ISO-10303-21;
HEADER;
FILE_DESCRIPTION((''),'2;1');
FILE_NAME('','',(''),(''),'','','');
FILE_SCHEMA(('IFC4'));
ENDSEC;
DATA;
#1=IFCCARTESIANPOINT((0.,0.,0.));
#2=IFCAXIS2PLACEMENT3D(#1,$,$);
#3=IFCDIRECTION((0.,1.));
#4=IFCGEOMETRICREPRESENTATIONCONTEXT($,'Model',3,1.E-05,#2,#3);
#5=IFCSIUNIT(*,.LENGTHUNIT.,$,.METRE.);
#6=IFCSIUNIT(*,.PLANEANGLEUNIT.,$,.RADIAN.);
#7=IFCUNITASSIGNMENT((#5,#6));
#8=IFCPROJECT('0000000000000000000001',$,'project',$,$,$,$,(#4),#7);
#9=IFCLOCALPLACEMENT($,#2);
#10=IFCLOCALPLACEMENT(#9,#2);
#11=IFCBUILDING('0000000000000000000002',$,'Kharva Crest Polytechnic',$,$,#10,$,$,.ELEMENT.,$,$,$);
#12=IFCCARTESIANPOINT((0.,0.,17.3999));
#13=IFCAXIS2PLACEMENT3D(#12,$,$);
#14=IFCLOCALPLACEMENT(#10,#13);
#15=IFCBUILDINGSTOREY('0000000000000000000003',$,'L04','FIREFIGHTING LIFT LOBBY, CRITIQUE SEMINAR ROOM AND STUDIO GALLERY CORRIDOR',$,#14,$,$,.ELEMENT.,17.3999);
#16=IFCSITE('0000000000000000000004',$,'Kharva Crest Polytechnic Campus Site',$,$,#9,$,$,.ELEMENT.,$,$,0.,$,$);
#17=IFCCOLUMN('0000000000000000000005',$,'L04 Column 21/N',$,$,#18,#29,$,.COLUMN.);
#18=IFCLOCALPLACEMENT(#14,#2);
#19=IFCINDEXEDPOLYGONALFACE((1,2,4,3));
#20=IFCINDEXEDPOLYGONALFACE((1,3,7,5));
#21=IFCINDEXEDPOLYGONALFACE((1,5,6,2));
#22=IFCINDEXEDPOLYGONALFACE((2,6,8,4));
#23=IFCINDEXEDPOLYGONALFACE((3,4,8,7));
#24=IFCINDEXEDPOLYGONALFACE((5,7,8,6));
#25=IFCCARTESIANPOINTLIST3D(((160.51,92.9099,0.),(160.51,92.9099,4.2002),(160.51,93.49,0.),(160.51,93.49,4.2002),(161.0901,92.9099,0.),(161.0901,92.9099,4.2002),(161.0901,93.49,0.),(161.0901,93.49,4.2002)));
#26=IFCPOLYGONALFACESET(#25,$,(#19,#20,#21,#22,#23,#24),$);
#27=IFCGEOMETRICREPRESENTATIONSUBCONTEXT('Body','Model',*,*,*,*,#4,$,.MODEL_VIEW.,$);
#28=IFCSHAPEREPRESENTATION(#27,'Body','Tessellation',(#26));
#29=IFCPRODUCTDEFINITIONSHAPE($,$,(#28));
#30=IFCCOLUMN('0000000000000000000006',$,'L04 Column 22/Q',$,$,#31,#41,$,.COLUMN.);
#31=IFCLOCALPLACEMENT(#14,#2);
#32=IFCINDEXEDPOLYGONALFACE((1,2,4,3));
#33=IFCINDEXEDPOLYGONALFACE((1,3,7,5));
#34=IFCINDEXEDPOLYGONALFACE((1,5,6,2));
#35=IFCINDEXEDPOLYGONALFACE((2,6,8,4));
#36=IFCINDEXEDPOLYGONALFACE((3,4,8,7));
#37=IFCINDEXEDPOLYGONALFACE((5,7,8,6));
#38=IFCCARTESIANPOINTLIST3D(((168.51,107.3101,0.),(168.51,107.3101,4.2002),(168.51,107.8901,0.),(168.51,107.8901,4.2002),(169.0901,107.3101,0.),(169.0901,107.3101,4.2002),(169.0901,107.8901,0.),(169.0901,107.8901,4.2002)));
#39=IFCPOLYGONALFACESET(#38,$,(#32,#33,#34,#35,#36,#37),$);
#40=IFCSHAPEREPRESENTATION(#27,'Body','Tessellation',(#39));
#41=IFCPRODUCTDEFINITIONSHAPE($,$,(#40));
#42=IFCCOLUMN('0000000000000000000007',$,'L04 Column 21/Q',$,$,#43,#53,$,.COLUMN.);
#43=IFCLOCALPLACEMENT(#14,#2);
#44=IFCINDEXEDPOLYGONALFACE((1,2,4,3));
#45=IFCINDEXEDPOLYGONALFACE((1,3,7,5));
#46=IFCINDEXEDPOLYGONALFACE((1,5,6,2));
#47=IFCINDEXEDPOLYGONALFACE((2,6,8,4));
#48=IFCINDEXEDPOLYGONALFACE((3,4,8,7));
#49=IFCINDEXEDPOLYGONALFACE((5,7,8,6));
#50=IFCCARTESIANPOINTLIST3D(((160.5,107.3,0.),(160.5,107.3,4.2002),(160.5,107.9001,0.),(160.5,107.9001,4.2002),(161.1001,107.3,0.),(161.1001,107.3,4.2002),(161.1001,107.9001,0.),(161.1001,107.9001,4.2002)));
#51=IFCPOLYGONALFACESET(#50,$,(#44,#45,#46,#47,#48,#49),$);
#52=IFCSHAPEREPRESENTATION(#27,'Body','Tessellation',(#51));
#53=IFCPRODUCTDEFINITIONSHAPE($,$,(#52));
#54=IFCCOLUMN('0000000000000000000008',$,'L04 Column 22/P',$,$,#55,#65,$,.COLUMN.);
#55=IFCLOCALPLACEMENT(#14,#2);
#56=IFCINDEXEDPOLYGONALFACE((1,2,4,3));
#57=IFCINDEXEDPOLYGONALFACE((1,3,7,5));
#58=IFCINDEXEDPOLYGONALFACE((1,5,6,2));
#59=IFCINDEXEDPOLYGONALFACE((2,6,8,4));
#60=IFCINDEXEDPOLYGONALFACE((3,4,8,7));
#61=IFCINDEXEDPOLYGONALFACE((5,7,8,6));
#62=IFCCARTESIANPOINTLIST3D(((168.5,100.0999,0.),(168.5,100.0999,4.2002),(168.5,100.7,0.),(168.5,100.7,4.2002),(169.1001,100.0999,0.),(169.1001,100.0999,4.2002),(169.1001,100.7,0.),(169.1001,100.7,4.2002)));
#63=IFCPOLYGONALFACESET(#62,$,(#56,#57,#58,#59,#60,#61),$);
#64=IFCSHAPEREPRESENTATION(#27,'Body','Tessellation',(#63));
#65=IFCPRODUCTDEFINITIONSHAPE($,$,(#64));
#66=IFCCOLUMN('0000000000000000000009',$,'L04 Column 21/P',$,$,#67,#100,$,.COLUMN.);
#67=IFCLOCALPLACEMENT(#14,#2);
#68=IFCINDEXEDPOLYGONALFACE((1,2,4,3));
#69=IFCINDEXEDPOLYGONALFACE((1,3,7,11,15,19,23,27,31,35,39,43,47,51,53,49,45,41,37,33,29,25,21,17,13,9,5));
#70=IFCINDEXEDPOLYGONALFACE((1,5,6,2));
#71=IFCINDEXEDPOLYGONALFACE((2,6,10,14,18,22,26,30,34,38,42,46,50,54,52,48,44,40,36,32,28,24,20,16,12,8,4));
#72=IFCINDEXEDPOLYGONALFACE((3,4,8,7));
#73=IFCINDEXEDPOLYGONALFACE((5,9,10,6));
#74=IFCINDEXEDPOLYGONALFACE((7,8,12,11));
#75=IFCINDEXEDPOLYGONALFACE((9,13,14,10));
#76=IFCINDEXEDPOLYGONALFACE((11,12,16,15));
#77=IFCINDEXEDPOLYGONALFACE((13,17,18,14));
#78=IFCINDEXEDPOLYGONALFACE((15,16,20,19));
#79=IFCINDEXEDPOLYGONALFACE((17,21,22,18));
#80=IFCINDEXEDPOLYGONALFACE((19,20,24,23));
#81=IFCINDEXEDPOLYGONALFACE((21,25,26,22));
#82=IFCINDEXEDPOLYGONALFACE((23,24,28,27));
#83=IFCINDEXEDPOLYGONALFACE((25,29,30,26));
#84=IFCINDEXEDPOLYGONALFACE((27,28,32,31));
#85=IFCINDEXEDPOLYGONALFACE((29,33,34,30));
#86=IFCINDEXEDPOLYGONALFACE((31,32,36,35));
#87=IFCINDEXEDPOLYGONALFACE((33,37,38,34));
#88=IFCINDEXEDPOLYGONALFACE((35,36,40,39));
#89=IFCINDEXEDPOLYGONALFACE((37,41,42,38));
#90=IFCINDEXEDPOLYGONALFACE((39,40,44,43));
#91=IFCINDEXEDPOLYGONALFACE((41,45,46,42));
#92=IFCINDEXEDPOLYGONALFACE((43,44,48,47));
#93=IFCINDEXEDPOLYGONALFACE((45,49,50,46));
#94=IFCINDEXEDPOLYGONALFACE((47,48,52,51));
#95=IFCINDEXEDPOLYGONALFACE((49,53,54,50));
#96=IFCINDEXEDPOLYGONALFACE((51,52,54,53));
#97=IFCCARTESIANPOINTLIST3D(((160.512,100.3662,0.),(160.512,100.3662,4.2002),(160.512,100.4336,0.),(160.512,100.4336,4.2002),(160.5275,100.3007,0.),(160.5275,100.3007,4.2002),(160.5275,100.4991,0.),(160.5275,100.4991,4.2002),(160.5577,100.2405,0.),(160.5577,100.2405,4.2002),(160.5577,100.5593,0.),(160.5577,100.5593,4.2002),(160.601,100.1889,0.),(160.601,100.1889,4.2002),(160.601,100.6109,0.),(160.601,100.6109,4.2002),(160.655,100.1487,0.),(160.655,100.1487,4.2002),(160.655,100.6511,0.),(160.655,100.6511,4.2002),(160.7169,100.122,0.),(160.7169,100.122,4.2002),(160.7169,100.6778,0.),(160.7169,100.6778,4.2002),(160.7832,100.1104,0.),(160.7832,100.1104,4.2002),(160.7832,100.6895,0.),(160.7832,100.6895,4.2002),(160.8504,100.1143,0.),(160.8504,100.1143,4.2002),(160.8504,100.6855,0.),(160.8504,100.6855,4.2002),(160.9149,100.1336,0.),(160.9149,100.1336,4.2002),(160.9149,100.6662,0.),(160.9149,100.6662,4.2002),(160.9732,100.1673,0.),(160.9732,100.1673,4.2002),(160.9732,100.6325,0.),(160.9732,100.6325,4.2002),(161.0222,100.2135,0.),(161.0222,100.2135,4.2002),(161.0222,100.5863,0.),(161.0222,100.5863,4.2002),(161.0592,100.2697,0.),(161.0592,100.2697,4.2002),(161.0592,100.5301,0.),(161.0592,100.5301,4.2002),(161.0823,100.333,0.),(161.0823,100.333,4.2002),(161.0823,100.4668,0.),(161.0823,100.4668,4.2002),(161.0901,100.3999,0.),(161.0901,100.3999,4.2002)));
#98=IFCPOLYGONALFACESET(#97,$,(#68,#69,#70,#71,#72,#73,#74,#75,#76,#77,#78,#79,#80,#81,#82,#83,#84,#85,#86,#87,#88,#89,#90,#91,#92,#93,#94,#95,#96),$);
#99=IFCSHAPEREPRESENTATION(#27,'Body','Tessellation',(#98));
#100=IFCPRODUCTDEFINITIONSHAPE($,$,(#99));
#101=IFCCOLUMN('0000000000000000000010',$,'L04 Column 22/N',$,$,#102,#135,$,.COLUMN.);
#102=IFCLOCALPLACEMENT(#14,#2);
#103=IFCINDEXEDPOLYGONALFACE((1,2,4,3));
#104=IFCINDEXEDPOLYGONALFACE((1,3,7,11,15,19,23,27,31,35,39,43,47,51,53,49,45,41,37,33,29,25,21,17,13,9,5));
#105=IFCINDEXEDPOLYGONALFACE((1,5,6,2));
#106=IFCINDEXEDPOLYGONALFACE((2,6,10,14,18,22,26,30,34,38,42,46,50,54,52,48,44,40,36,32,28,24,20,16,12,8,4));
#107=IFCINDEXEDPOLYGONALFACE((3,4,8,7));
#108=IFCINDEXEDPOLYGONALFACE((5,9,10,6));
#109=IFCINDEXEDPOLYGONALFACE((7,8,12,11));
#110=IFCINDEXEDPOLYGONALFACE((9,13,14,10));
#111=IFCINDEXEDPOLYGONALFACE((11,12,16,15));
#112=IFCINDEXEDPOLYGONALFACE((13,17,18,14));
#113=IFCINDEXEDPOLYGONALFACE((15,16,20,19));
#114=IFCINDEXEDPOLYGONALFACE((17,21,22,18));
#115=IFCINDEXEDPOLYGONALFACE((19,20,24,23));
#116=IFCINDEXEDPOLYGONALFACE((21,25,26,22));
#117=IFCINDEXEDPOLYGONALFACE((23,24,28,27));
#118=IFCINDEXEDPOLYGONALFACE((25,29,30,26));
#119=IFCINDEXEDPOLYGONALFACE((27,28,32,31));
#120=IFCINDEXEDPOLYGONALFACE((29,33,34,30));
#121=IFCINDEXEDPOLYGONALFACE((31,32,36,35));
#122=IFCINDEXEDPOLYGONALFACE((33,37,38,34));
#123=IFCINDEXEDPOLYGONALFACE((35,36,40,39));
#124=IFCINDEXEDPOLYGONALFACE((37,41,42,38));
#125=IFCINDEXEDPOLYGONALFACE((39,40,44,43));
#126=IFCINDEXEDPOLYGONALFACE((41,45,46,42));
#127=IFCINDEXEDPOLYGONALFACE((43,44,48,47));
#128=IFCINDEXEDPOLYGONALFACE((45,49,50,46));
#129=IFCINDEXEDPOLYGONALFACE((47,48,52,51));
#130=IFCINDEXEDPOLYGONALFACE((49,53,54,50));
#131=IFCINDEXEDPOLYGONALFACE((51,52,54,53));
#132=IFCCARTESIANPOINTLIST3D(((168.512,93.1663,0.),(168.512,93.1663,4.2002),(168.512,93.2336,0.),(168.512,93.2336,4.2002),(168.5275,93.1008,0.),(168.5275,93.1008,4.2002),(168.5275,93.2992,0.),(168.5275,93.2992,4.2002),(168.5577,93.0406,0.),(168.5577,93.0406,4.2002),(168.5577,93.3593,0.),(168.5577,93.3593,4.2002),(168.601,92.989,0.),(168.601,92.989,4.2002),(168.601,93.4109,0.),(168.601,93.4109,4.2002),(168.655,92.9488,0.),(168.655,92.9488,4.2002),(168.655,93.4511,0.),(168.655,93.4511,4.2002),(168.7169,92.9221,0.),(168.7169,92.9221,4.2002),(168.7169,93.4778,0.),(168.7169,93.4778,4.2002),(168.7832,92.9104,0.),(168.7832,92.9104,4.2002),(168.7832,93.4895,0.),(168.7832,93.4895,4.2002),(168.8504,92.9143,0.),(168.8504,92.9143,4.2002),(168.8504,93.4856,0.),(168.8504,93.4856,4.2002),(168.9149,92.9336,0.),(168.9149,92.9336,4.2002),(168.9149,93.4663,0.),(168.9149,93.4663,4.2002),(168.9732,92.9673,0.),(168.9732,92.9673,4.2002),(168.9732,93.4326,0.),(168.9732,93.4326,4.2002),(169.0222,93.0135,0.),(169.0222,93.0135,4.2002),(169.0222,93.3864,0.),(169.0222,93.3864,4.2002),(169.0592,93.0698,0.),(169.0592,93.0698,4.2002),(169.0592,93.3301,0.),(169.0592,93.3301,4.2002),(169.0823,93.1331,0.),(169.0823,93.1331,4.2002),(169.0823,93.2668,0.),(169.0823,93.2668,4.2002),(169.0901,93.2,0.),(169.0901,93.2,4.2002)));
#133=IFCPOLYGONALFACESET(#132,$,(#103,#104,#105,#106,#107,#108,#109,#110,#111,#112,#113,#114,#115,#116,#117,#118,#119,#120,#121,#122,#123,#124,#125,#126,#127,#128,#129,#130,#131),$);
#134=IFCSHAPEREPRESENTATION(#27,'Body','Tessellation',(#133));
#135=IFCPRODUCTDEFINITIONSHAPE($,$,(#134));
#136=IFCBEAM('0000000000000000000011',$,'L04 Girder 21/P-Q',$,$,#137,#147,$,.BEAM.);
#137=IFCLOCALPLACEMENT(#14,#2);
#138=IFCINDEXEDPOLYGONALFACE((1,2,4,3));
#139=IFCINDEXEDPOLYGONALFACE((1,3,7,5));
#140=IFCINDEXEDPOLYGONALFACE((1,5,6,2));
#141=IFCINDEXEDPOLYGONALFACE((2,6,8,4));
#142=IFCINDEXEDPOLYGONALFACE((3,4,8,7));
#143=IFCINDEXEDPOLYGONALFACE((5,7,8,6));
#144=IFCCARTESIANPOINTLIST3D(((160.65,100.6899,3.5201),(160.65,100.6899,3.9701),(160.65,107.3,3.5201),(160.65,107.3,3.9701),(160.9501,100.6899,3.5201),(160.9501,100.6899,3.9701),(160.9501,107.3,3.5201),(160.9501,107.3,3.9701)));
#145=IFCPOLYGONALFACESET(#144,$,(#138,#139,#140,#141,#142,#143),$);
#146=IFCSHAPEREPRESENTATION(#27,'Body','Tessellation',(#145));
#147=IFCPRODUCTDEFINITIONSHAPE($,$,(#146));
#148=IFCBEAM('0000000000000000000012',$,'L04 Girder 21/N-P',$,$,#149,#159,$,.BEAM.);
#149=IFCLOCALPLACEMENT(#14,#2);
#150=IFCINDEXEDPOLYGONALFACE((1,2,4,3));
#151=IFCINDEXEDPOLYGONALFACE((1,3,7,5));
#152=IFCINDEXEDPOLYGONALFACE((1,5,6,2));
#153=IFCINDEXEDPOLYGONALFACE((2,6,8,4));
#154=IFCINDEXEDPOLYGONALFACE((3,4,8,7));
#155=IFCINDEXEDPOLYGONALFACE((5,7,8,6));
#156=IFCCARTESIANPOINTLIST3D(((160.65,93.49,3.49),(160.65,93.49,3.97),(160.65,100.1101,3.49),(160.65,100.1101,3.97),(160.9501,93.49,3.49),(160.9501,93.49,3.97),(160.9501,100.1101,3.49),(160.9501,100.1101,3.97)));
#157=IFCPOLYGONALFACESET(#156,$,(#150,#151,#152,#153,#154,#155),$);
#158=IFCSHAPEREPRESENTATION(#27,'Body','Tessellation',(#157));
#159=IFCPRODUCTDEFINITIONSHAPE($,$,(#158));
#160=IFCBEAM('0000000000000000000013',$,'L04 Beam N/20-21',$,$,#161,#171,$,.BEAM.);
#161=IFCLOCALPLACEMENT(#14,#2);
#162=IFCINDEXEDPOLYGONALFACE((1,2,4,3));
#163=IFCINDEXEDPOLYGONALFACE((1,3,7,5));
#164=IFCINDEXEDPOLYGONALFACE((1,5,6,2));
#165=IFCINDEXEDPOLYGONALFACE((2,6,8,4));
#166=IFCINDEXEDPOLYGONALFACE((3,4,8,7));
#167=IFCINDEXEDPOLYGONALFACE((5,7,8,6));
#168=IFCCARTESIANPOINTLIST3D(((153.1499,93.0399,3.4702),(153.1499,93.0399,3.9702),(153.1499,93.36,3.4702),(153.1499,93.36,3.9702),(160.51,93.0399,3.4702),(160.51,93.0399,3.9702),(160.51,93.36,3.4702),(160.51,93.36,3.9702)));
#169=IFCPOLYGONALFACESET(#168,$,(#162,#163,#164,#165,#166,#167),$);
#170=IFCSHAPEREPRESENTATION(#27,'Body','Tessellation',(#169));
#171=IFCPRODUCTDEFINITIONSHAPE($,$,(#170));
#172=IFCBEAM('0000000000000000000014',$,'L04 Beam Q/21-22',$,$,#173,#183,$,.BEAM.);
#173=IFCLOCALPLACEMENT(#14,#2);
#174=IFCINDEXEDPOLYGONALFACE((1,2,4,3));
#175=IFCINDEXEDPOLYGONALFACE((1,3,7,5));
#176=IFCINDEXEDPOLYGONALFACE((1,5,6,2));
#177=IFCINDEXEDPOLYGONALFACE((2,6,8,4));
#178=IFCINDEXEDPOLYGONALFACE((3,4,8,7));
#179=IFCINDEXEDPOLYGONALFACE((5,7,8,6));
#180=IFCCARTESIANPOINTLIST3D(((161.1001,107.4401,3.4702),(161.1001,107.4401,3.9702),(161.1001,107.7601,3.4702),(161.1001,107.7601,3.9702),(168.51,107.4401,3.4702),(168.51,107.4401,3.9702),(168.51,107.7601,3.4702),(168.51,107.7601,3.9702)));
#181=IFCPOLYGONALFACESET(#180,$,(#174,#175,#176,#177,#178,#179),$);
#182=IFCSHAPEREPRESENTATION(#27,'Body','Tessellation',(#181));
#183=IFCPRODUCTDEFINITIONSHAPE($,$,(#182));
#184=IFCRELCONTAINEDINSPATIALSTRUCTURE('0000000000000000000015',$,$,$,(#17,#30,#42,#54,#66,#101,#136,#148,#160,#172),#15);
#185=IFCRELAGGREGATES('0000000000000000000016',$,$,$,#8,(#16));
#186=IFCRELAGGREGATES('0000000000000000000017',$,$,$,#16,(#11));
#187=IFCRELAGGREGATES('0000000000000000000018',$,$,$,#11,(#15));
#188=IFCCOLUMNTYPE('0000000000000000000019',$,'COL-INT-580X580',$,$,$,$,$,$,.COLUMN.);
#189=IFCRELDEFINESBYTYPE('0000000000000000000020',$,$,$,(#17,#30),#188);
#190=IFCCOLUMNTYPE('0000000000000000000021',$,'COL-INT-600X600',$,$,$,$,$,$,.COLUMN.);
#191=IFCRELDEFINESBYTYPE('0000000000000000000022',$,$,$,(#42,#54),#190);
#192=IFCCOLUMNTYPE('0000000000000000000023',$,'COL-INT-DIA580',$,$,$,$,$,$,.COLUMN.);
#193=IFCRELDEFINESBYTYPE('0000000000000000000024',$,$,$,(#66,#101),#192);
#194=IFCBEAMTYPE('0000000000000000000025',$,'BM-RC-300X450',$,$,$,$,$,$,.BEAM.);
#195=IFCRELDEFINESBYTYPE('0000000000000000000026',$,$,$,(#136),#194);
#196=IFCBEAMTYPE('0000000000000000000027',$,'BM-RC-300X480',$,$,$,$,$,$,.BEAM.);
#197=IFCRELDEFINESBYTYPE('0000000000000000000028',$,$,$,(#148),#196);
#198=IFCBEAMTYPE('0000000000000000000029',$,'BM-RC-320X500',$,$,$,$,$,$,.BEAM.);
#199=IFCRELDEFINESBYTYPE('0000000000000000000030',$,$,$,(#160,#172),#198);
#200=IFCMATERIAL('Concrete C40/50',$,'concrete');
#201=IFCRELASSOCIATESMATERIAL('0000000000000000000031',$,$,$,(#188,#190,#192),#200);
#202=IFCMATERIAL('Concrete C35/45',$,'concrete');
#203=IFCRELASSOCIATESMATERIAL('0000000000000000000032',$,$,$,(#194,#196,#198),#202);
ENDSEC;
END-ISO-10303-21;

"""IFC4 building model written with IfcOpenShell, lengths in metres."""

from ifc_helpers import new_model, si_unit, direction, frame, origin, origin_2d, place, context, subcontext, project, spatial, rectangle, circle, extrude, material, material_profile, profile_set, type_object, element, save


model = new_model("IFC4")

# Units and contexts
model_context = context("Model", 3, precision=1e-05, world=origin(), true_north=direction((0.0, 1.0)))
body_context = subcontext(model_context, "Body", "Model", "MODEL_VIEW")
ifc_project = project(units=[si_unit("LENGTHUNIT", "METRE"), si_unit("PLANEANGLEUNIT", "RADIAN")], contexts=[model_context])

# Site, building, storey
site_placement = place(None, origin())
site = spatial("IfcSite", under=ifc_project, at=site_placement, Name="Kharva Crest Polytechnic Campus Site", CompositionType="ELEMENT", RefElevation=0.0)
building_placement = place(site_placement, origin())
building = spatial("IfcBuilding", under=site, at=building_placement, Name="Kharva Crest Polytechnic", CompositionType="ELEMENT")
storey_placement = place(building_placement, frame((0.0, 0.0, 17.3999)))
storey = spatial("IfcBuildingStorey", under=building, at=storey_placement, Name="L04", Description="FIREFIGHTING LIFT LOBBY, CRITIQUE SEMINAR ROOM AND STUDIO GALLERY CORRIDOR", CompositionType="ELEMENT", Elevation=17.3999)

# Columns
ifc_material_1 = material(Name="Concrete C40/50", Category="concrete")
ifc_material_profile_1 = material_profile(ifc_material_1, rectangle(XDim=0.5801, YDim=0.5801, at=origin_2d()), Name="RECT 580 X 580")
ifc_profile_set_1 = profile_set([ifc_material_profile_1], Name="Concrete C40/50")
column_type_1 = type_object("IfcColumnType", Name="COL-INT-580X580", PredefinedType="COLUMN", material=ifc_profile_set_1)
for number, where, z_axis, x_axis, name in (
    (1, (160.8, 93.2, 0.0), (0.0, 0.0, 1.0), (1.0, 0.0, 0.0), "L04 Column 21/N"),
    (2, (168.8, 107.6001, 0.0), (0.0, 0.0, 1.0), (1.0, 0.0, 0.0), "L04 Column 22/Q"),
):
    element("IfcColumn", number, at=place(storey_placement, frame(where, z_axis=z_axis, x_axis=x_axis)), inside=storey, type_object=column_type_1, Name=name, PredefinedType="COLUMN", context=body_context, shape_type="SweptSolid", body=[
        extrude(rectangle(XDim=0.5801, YDim=0.5801, at=origin_2d()), origin(), (0.0, 0.0, 1.0), 4.2002),
    ])
ifc_material_profile_2 = material_profile(ifc_material_1, rectangle(XDim=0.6001, YDim=0.6001, at=origin_2d()), Name="RECT 600 X 600")
ifc_profile_set_2 = profile_set([ifc_material_profile_2], Name="Concrete C40/50")
column_type_2 = type_object("IfcColumnType", Name="COL-INT-600X600", PredefinedType="COLUMN", material=ifc_profile_set_2)
for number, where, z_axis, x_axis, name in (
    (3, (160.8, 107.6001, 0.0), (0.0, 0.0, 1.0), (1.0, 0.0, 0.0), "L04 Column 21/Q"),
    (4, (168.8, 100.3999, 0.0), (0.0, 0.0, 1.0), (1.0, 0.0, 0.0), "L04 Column 22/P"),
):
    element("IfcColumn", number, at=place(storey_placement, frame(where, z_axis=z_axis, x_axis=x_axis)), inside=storey, type_object=column_type_2, Name=name, PredefinedType="COLUMN", context=body_context, shape_type="SweptSolid", body=[
        extrude(rectangle(XDim=0.6001, YDim=0.6001, at=origin_2d()), origin(), (0.0, 0.0, 1.0), 4.2002),
    ])
ifc_material_profile_3 = material_profile(ifc_material_1, circle(Radius=0.29, at=origin_2d()), Name="DIA 580")
ifc_profile_set_3 = profile_set([ifc_material_profile_3], Name="Concrete C40/50")
column_type_3 = type_object("IfcColumnType", Name="COL-INT-DIA580", PredefinedType="COLUMN", material=ifc_profile_set_3)
for number, where, z_axis, x_axis, name in (
    (5, (160.8, 100.3999, 0.0), (0.0, 0.0, 1.0), (1.0, 0.0, 0.0), "L04 Column 21/P"),
    (6, (168.8, 93.2, 0.0), (0.0, 0.0, 1.0), (1.0, 0.0, 0.0), "L04 Column 22/N"),
):
    element("IfcColumn", number, at=place(storey_placement, frame(where, z_axis=z_axis, x_axis=x_axis)), inside=storey, type_object=column_type_3, Name=name, PredefinedType="COLUMN", context=body_context, shape_type="SweptSolid", body=[
        extrude(circle(Radius=0.29, at=origin_2d()), origin(), (0.0, 0.0, 1.0), 4.2002),
    ])

# Beams
ifc_material_2 = material(Name="Concrete C35/45", Category="concrete")
ifc_material_profile_4 = material_profile(ifc_material_2, rectangle(XDim=0.3, YDim=0.45, at=origin_2d()), Name="RECT 300 X 450")
ifc_profile_set_4 = profile_set([ifc_material_profile_4], Name="Concrete C35/45")
beam_type_1 = type_object("IfcBeamType", Name="BM-RC-300X450", PredefinedType="BEAM", material=ifc_profile_set_4)
beam_1_placement = place(storey_placement, frame((160.8, 100.6899, 3.7451), z_axis=(0.0, 1.0, 0.0), x_axis=(-1.0, 0.0, 0.0)))
element("IfcBeam", 7, at=beam_1_placement, inside=storey, type_object=beam_type_1, Name="L04 Girder 21/P-Q", PredefinedType="BEAM", context=body_context, shape_type="SweptSolid", body=[
    extrude(rectangle(XDim=0.3, YDim=0.45, at=origin_2d()), origin(), (0.0, 0.0, 1.0), 6.6101),
])
ifc_material_profile_5 = material_profile(ifc_material_2, rectangle(XDim=0.3, YDim=0.48, at=origin_2d()), Name="RECT 300 X 480")
ifc_profile_set_5 = profile_set([ifc_material_profile_5], Name="Concrete C35/45")
beam_type_2 = type_object("IfcBeamType", Name="BM-RC-300X480", PredefinedType="BEAM", material=ifc_profile_set_5)
beam_2_placement = place(storey_placement, frame((160.8, 93.49, 3.73), z_axis=(0.0, 1.0, 0.0), x_axis=(-1.0, 0.0, 0.0)))
element("IfcBeam", 8, at=beam_2_placement, inside=storey, type_object=beam_type_2, Name="L04 Girder 21/N-P", PredefinedType="BEAM", context=body_context, shape_type="SweptSolid", body=[
    extrude(rectangle(XDim=0.3, YDim=0.48, at=origin_2d()), origin(), (0.0, 0.0, 1.0), 6.6201),
])
ifc_material_profile_6 = material_profile(ifc_material_2, rectangle(XDim=0.3201, YDim=0.5, at=origin_2d()), Name="RECT 320 X 500")
ifc_profile_set_6 = profile_set([ifc_material_profile_6], Name="Concrete C35/45")
beam_type_3 = type_object("IfcBeamType", Name="BM-RC-320X500", PredefinedType="BEAM", material=ifc_profile_set_6)
beam_3_placement = place(storey_placement, frame((153.1499, 93.2, 3.7202), z_axis=(1.0, 0.0, 0.0), x_axis=(0.0, 1.0, 0.0)))
element("IfcBeam", 9, at=beam_3_placement, inside=storey, type_object=beam_type_3, Name="L04 Beam N/20-21", PredefinedType="BEAM", context=body_context, shape_type="SweptSolid", body=[
    extrude(rectangle(XDim=0.3201, YDim=0.5, at=origin_2d()), origin(), (0.0, 0.0, 1.0), 7.3601),
])
beam_4_placement = place(storey_placement, frame((161.1001, 107.6001, 3.7202), z_axis=(1.0, 0.0, 0.0), x_axis=(0.0, 1.0, 0.0)))
element("IfcBeam", 10, at=beam_4_placement, inside=storey, type_object=beam_type_3, Name="L04 Beam Q/21-22", PredefinedType="BEAM", context=body_context, shape_type="SweptSolid", body=[
    extrude(rectangle(XDim=0.3201, YDim=0.5, at=origin_2d()), origin(), (0.0, 0.0, 1.0), 7.4099),
])

save(model, "model.ifc")
